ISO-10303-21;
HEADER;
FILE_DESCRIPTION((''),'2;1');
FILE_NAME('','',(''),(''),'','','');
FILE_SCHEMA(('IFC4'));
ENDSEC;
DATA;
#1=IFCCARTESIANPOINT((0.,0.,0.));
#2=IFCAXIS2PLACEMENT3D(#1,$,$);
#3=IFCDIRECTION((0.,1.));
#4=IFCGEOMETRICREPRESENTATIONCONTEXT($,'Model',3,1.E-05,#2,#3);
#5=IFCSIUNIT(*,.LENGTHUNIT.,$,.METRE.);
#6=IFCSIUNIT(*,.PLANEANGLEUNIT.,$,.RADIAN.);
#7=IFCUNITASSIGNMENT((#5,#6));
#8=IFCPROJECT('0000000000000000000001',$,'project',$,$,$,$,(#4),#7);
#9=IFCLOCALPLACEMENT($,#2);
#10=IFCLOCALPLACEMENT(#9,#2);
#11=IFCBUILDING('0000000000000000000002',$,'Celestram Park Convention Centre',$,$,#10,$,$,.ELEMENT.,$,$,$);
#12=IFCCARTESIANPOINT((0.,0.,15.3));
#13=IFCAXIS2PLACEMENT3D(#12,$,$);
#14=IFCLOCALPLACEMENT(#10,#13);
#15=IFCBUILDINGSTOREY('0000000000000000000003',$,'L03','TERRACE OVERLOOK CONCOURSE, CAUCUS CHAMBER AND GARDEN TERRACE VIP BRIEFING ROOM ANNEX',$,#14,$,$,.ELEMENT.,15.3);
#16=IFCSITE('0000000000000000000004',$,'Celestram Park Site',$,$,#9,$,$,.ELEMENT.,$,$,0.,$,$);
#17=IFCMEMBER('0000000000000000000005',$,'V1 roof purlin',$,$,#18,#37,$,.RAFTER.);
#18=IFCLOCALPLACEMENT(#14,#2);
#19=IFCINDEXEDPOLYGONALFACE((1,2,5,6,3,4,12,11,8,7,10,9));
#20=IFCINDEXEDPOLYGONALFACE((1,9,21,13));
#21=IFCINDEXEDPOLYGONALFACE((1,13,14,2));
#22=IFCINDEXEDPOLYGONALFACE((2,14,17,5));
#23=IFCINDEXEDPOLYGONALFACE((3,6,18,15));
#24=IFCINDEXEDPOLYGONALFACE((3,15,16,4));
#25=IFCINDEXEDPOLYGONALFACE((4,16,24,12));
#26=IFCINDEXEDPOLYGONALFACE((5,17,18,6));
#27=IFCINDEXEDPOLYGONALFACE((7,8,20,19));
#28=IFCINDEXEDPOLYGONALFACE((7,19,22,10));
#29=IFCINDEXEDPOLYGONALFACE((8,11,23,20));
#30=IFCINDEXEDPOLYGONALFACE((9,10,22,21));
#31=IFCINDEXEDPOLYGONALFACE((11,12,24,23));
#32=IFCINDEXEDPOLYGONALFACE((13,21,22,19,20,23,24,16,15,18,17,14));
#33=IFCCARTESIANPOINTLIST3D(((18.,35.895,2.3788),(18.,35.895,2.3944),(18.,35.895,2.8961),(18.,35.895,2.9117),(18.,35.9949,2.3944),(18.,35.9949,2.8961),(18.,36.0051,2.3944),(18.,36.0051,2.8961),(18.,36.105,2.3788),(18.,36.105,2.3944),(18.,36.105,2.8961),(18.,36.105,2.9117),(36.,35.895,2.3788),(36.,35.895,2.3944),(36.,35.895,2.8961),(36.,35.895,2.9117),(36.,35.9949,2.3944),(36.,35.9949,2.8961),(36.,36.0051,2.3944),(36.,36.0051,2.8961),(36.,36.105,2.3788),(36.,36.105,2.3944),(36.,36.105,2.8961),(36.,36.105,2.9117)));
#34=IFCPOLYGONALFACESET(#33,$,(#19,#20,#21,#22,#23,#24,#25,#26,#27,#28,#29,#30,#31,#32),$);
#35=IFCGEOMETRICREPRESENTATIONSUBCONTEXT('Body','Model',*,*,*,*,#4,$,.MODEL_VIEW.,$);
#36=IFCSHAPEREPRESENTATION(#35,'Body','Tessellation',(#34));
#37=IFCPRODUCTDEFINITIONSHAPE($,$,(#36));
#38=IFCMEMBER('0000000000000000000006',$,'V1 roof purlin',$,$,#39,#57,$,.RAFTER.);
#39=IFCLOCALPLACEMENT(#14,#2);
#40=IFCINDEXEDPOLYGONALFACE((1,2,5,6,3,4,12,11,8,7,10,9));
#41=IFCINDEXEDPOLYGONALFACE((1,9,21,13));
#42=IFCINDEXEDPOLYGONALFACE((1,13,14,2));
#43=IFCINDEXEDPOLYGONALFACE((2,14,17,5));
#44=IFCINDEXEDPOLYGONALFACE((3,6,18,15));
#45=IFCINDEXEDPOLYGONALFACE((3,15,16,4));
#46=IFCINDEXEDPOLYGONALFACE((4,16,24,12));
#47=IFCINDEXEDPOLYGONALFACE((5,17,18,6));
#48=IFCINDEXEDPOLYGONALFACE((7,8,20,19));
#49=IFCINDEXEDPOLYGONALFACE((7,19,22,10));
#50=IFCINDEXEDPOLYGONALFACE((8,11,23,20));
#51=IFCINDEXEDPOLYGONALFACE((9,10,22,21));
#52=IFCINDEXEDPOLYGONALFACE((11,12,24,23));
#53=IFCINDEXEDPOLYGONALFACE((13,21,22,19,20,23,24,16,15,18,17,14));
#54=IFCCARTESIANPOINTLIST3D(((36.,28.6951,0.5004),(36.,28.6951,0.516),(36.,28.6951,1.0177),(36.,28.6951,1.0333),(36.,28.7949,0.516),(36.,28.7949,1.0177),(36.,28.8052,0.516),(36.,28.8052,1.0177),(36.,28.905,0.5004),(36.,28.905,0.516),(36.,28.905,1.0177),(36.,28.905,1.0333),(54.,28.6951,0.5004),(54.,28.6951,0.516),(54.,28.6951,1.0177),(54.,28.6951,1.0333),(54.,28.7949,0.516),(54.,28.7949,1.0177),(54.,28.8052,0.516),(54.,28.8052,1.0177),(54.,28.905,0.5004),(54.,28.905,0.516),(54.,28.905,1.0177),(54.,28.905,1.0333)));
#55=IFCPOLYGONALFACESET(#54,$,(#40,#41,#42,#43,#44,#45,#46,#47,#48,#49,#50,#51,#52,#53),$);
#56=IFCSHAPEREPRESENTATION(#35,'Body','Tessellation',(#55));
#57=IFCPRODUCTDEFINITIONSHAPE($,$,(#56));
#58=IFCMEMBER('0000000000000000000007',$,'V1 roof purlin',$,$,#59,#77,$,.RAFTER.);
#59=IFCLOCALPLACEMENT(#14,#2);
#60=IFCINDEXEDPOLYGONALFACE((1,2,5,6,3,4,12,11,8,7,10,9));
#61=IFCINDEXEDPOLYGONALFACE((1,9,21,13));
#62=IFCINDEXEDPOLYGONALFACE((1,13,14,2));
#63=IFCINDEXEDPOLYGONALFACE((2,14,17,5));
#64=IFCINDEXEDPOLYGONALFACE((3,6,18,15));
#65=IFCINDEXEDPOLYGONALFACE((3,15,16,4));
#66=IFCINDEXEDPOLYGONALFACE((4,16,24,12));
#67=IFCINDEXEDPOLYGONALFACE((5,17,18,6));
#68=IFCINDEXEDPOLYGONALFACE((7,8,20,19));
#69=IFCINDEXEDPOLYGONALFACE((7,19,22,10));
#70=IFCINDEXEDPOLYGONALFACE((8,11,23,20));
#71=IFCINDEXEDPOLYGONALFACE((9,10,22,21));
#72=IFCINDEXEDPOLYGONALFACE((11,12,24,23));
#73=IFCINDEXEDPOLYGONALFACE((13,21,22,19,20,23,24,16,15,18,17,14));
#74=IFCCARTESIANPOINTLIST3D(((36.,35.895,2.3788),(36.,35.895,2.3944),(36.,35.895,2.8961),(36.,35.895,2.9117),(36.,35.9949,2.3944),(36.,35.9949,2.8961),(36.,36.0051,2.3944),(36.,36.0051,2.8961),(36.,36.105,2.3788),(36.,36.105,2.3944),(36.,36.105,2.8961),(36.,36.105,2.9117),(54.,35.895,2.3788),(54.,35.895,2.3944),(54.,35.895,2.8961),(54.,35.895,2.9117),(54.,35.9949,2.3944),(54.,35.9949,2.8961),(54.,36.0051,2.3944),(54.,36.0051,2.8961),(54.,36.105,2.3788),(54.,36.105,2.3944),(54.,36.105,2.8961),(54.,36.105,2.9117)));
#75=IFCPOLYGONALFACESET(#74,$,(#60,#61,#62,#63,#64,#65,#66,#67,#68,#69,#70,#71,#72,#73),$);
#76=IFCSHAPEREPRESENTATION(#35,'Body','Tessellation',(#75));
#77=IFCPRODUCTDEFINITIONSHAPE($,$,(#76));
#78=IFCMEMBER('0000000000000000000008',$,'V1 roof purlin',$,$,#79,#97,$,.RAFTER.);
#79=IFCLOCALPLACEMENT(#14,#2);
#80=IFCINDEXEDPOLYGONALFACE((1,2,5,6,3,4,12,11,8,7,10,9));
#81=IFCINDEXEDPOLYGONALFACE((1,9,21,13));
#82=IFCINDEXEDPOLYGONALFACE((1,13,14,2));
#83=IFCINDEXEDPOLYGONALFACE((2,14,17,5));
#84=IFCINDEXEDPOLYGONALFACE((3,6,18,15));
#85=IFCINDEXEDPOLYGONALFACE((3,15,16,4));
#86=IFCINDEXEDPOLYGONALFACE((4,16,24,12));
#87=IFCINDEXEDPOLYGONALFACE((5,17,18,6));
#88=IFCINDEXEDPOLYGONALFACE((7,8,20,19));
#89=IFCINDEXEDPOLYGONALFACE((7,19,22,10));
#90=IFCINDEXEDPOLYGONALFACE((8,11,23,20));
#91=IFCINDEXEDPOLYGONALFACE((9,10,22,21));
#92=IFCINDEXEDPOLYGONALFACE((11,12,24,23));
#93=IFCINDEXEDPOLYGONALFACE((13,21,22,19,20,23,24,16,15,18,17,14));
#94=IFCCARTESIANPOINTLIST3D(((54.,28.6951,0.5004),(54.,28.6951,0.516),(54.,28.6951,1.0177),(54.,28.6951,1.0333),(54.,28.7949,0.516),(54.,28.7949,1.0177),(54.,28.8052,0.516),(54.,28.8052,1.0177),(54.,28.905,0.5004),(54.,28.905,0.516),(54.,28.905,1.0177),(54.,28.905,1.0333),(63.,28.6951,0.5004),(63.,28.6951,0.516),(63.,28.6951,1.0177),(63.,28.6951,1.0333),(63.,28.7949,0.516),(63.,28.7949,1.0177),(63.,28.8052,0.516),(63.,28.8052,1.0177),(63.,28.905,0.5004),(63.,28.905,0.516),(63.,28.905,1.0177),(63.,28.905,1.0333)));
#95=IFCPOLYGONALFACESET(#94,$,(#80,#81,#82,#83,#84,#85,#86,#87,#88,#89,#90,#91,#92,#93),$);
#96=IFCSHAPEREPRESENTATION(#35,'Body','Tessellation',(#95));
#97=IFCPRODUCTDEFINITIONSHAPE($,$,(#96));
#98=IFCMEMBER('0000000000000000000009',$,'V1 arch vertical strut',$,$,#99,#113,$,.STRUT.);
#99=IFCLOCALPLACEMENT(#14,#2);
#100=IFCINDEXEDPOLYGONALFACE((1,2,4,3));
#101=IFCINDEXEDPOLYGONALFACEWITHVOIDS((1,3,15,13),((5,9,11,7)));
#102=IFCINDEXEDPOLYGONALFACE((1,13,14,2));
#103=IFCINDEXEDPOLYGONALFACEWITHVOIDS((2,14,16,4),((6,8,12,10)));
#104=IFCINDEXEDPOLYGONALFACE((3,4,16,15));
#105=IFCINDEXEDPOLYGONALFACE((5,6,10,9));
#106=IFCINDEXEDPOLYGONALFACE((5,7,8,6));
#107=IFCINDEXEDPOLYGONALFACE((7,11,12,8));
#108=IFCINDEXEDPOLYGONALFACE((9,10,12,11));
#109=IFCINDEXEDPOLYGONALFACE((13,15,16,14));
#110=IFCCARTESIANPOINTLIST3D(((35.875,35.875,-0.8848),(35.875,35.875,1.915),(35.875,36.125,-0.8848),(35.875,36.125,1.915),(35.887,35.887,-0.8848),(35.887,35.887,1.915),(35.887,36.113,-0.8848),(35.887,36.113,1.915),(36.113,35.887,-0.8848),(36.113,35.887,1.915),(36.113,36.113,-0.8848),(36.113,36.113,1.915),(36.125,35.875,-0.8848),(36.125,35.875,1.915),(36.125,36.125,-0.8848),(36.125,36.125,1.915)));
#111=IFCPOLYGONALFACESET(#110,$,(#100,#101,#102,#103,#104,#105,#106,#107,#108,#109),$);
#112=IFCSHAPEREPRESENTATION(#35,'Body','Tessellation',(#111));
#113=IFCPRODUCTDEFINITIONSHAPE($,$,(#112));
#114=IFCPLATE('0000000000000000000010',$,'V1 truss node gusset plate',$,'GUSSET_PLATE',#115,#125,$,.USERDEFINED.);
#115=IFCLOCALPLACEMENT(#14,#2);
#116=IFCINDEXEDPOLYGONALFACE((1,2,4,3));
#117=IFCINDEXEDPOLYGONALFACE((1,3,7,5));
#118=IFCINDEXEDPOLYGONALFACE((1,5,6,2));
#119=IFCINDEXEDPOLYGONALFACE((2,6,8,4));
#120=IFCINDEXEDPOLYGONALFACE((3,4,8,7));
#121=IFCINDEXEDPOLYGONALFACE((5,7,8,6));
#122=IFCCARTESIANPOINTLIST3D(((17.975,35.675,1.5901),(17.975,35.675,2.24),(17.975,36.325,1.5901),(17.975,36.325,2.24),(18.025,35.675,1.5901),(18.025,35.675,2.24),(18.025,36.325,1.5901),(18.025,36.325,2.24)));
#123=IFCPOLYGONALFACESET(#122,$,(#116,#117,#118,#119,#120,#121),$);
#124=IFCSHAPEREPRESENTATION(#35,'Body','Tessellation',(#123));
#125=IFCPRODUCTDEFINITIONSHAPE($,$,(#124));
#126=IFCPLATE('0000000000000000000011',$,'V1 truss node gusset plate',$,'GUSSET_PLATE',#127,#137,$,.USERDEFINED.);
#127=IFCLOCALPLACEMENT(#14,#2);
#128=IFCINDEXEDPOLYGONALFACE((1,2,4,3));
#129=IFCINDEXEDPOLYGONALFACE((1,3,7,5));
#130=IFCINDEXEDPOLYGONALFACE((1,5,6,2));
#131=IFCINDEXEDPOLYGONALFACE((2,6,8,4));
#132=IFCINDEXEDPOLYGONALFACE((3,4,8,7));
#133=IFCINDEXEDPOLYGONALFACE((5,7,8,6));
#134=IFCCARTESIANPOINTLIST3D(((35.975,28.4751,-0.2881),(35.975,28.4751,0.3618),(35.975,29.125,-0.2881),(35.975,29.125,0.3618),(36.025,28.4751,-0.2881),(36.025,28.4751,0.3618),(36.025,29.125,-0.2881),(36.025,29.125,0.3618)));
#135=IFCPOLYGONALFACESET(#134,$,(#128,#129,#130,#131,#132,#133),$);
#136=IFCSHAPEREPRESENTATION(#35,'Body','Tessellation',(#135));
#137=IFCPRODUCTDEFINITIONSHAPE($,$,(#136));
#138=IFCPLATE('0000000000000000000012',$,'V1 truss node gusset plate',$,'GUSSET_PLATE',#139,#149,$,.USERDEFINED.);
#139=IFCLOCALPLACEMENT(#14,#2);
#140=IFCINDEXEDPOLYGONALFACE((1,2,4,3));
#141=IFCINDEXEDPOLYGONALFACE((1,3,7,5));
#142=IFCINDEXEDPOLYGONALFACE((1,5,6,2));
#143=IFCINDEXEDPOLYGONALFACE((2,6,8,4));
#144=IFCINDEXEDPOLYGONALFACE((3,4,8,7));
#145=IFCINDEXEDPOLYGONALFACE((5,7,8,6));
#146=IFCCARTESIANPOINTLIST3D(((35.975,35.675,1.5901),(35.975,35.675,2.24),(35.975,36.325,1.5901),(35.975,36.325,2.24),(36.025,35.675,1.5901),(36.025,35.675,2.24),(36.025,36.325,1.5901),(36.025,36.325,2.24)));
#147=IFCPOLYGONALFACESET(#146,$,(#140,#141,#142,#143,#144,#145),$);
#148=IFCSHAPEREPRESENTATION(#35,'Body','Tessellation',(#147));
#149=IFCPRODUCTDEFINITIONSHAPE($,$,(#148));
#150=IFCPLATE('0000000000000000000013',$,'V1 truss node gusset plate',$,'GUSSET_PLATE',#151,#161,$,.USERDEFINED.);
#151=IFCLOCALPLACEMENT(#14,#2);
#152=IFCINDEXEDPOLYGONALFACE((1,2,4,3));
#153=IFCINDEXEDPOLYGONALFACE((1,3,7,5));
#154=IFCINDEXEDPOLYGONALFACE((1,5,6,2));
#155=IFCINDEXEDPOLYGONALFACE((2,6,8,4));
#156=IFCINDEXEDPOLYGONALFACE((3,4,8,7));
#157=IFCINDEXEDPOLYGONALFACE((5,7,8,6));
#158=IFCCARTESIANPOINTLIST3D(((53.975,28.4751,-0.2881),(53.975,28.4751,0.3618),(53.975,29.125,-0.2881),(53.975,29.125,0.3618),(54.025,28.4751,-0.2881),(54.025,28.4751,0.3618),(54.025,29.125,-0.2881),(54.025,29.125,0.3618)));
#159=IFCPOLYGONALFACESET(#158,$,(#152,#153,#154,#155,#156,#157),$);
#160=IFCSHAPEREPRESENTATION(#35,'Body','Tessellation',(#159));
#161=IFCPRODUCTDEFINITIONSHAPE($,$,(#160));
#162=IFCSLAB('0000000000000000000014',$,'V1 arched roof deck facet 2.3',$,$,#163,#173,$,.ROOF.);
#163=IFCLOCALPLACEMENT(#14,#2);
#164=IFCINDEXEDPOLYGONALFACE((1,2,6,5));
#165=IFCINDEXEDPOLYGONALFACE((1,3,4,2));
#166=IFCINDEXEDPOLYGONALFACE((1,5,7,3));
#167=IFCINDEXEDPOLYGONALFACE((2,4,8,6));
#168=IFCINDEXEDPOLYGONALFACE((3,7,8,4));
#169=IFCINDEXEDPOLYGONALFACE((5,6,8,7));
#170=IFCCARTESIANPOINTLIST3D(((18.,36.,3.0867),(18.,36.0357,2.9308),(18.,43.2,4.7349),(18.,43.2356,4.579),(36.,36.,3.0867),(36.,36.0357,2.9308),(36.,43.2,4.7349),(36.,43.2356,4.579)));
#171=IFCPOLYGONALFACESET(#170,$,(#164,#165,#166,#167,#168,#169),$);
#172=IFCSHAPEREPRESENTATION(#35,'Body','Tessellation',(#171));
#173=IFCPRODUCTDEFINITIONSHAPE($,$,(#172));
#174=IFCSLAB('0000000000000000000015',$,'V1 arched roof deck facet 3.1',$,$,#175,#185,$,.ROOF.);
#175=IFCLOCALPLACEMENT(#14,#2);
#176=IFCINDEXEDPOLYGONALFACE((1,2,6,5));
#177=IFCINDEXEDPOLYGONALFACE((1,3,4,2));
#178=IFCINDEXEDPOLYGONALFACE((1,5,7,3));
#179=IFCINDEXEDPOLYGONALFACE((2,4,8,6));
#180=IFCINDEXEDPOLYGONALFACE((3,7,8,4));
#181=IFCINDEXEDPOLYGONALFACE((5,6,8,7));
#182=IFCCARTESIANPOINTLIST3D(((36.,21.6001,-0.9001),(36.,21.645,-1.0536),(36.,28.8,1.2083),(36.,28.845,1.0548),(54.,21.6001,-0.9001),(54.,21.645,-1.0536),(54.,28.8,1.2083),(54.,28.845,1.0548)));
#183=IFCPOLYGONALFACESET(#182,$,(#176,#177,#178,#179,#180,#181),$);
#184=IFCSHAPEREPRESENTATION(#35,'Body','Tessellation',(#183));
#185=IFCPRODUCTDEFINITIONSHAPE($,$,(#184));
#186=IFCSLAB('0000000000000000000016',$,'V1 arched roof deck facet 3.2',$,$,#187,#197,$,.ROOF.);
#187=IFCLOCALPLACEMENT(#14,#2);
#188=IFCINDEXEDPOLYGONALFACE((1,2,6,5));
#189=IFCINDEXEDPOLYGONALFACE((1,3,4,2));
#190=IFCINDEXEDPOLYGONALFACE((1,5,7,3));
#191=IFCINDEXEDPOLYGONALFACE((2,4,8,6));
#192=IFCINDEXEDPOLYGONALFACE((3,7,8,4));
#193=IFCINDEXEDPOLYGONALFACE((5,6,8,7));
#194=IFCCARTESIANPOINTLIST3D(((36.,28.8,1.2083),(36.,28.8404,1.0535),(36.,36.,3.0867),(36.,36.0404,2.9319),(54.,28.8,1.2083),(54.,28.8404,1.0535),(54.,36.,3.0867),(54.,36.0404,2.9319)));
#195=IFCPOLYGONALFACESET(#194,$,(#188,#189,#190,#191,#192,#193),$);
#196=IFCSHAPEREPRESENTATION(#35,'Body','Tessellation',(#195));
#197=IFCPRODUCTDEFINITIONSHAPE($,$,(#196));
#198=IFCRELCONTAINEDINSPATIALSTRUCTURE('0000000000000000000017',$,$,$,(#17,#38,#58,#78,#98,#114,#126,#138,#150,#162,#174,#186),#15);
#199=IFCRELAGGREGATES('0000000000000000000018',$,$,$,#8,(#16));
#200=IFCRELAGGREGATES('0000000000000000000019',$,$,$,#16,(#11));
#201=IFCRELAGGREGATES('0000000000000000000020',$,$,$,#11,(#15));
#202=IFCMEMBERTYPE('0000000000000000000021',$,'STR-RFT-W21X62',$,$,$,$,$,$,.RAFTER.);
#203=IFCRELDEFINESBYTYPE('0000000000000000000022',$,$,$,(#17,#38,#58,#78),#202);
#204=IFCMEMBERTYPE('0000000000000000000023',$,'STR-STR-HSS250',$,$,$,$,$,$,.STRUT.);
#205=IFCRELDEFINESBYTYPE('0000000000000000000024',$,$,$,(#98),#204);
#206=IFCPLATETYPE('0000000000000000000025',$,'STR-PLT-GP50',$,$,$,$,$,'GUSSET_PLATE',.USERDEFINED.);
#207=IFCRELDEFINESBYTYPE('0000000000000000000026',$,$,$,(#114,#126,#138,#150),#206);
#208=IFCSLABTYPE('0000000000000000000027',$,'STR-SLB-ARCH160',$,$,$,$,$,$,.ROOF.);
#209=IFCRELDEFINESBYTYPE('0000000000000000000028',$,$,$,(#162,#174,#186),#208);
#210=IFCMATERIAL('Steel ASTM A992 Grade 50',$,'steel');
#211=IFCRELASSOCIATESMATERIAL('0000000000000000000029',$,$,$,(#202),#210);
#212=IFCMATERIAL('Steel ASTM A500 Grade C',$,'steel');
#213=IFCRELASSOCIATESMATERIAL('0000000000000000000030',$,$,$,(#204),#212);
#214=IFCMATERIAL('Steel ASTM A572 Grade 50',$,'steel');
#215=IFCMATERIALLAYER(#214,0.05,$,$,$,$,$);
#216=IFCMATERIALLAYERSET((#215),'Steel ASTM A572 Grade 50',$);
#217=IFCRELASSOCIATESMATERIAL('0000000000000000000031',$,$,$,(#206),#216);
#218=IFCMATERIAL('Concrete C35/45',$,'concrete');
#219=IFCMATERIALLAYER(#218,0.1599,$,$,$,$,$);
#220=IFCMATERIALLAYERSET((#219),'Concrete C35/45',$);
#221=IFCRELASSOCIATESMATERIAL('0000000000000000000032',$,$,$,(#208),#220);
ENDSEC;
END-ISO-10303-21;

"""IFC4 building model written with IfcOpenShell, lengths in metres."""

from ifc_helpers import new_model, si_unit, direction, frame, origin, origin_2d, place, context, subcontext, project, spatial, polyline, rectangle, hollow_rectangle, i_section, outline, extrude, material, layer, layer_set, material_profile, profile_set, type_object, element, save


model = new_model("IFC4")

# Units and contexts
model_context = context("Model", 3, precision=1e-05, world=origin(), true_north=direction((0.0, 1.0)))
body_context = subcontext(model_context, "Body", "Model", "MODEL_VIEW")
ifc_project = project(units=[si_unit("LENGTHUNIT", "METRE"), si_unit("PLANEANGLEUNIT", "RADIAN")], contexts=[model_context])

# Site, building, storey
site_placement = place(None, origin())
site = spatial("IfcSite", under=ifc_project, at=site_placement, Name="Celestram Park Site", CompositionType="ELEMENT", RefElevation=0.0)
building_placement = place(site_placement, origin())
building = spatial("IfcBuilding", under=site, at=building_placement, Name="Celestram Park Convention Centre", CompositionType="ELEMENT")
storey_placement = place(building_placement, frame((0.0, 0.0, 15.3)))
storey = spatial("IfcBuildingStorey", under=building, at=storey_placement, Name="L03", Description="TERRACE OVERLOOK CONCOURSE, CAUCUS CHAMBER AND GARDEN TERRACE VIP BRIEFING ROOM ANNEX", CompositionType="ELEMENT", Elevation=15.3)

# Members
ifc_material_1 = material(Name="Steel ASTM A500 Grade C", Category="steel")
ifc_material_2 = material(Name="Steel ASTM A992 Grade 50", Category="steel")
ifc_material_profile_1 = material_profile(ifc_material_2, i_section(OverallWidth=0.21, OverallDepth=0.533, WebThickness=0.0103, FlangeThickness=0.0156, at=origin_2d()), Name="W21X62")
ifc_profile_set_1 = profile_set([ifc_material_profile_1], Name="Steel ASTM A992 Grade 50")
member_type_1 = type_object("IfcMemberType", Name="STR-RFT-W21X62", PredefinedType="RAFTER", material=ifc_profile_set_1)
for number, where, z_axis, x_axis, name in (
    (1, (18.0, 36.0, 2.6453), (1.0, 0.0, 0.0), (0.0, 1.0, 0.0), "V1 roof purlin"),
    (2, (36.0, 28.8, 0.7668), (1.0, 0.0, 0.0), (0.0, 1.0, 0.0), "V1 roof purlin"),
    (3, (36.0, 36.0, 2.6453), (1.0, 0.0, 0.0), (0.0, 1.0, 0.0), "V1 roof purlin"),
):
    element("IfcMember", number, at=place(storey_placement, frame(where, z_axis=z_axis, x_axis=x_axis)), inside=storey, type_object=member_type_1, Name=name, PredefinedType="RAFTER", context=body_context, shape_type="SweptSolid", body=[
        extrude(i_section(OverallWidth=0.21, OverallDepth=0.533, WebThickness=0.0103, FlangeThickness=0.0156, at=origin_2d()), origin(), (0.0, 0.0, 1.0), 18.0),
    ])
member_1_placement = place(storey_placement, frame((54.0, 28.8, 0.7668), z_axis=(1.0, 0.0, 0.0), x_axis=(0.0, 1.0, 0.0)))
element("IfcMember", 4, at=member_1_placement, inside=storey, type_object=member_type_1, Name="V1 roof purlin", PredefinedType="RAFTER", context=body_context, shape_type="SweptSolid", body=[
    extrude(i_section(OverallWidth=0.21, OverallDepth=0.533, WebThickness=0.0103, FlangeThickness=0.0156, at=origin_2d()), origin(), (0.0, 0.0, 1.0), 9.0),
])
ifc_material_profile_2 = material_profile(ifc_material_1, hollow_rectangle(XDim=0.25, YDim=0.25, WallThickness=0.012, at=origin_2d()), Name="HSS250X250X12")
ifc_profile_set_2 = profile_set([ifc_material_profile_2], Name="Steel ASTM A500 Grade C")
member_type_2 = type_object("IfcMemberType", Name="STR-STR-HSS250", PredefinedType="STRUT", material=ifc_profile_set_2)
member_2_placement = place(storey_placement, frame((36.0, 36.0, -0.8848), z_axis=(0.0, 0.0, 1.0), x_axis=(1.0, 0.0, 0.0)))
element("IfcMember", 5, at=member_2_placement, inside=storey, type_object=member_type_2, Name="V1 arch vertical strut", PredefinedType="STRUT", context=body_context, shape_type="SweptSolid", body=[
    extrude(hollow_rectangle(XDim=0.25, YDim=0.25, WallThickness=0.012, at=origin_2d()), origin(), (0.0, 0.0, 1.0), 2.7998),
])

# Plates
ifc_material_3 = material(Name="Steel ASTM A572 Grade 50", Category="steel")
ifc_layer_1 = layer(ifc_material_3, 0.05)
ifc_layer_set_1 = layer_set([ifc_layer_1], Name="Steel ASTM A572 Grade 50")
plate_type = type_object("IfcPlateType", Name="STR-PLT-GP50", ElementType="GUSSET_PLATE", PredefinedType="USERDEFINED", material=ifc_layer_set_1)
for number, where, z_axis, x_axis, name in (
    (6, (18.0, 36.0, 1.5901), (0.0, 0.0, 1.0), (0.0, 1.0, 0.0), "V1 truss node gusset plate"),
    (7, (36.0, 28.8, -0.2881), (0.0, 0.0, 1.0), (0.0, 1.0, 0.0), "V1 truss node gusset plate"),
    (8, (36.0, 36.0, 1.5901), (0.0, 0.0, 1.0), (0.0, 1.0, 0.0), "V1 truss node gusset plate"),
    (9, (54.0, 28.8, -0.2881), (0.0, 0.0, 1.0), (0.0, 1.0, 0.0), "V1 truss node gusset plate"),
):
    element("IfcPlate", number, at=place(storey_placement, frame(where, z_axis=z_axis, x_axis=x_axis)), inside=storey, type_object=plate_type, Name=name, ObjectType="GUSSET_PLATE", PredefinedType="USERDEFINED", context=body_context, shape_type="SweptSolid", body=[
        extrude(rectangle(XDim=0.6499, YDim=0.05, at=origin_2d()), origin(), (0.0, 0.0, 1.0), 0.6499),
    ])

# Slabs
ifc_material_4 = material(Name="Concrete C35/45", Category="concrete")
ifc_layer_2 = layer(ifc_material_4, 0.1599)
ifc_layer_set_2 = layer_set([ifc_layer_2], Name="Concrete C35/45")
slab_type = type_object("IfcSlabType", Name="STR-SLB-ARCH160", PredefinedType="ROOF", material=ifc_layer_set_2)
slab_1_placement = place(storey_placement, frame((18.0, 36.0, 3.0867), z_axis=(0.0, -0.223145, 0.974785), x_axis=(1.0, 0.0, 0.0)))
element("IfcSlab", 10, at=slab_1_placement, inside=storey, type_object=slab_type, Name="V1 arched roof deck facet 2.3", PredefinedType="ROOF", context=body_context, shape_type="SweptSolid", body=[
    extrude(outline(polyline([(0.0, 0.0), (18.0, 0.0), (18.0, 7.3862), (0.0, 7.3862), (0.0, 0.0)])), origin(), (0.0, 0.0, -1.0), 0.1599),
])
slab_2_placement = place(storey_placement, frame((36.0, 21.6001, -0.9001), z_axis=(0.0, -0.281033, 0.959698), x_axis=(1.0, 0.0, 0.0)))
element("IfcSlab", 11, at=slab_2_placement, inside=storey, type_object=slab_type, Name="V1 arched roof deck facet 3.1", PredefinedType="ROOF", context=body_context, shape_type="SweptSolid", body=[
    extrude(outline(polyline([(0.0, 0.0), (18.0, 0.0), (18.0, 7.5023), (0.0, 7.5023), (0.0, 0.0)])), origin(), (0.0, 0.0, -1.0), 0.1599),
])
slab_3_placement = place(storey_placement, frame((36.0, 28.8, 1.2083), z_axis=(0.0, -0.252443, 0.967612), x_axis=(1.0, 0.0, 0.0)))
element("IfcSlab", 12, at=slab_3_placement, inside=storey, type_object=slab_type, Name="V1 arched roof deck facet 3.2", PredefinedType="ROOF", context=body_context, shape_type="SweptSolid", body=[
    extrude(outline(polyline([(0.0, 0.0), (18.0, 0.0), (18.0, 7.441), (0.0, 7.441), (0.0, 0.0)])), origin(), (0.0, 0.0, -1.0), 0.1599),
])

save(model, "model.ifc")
